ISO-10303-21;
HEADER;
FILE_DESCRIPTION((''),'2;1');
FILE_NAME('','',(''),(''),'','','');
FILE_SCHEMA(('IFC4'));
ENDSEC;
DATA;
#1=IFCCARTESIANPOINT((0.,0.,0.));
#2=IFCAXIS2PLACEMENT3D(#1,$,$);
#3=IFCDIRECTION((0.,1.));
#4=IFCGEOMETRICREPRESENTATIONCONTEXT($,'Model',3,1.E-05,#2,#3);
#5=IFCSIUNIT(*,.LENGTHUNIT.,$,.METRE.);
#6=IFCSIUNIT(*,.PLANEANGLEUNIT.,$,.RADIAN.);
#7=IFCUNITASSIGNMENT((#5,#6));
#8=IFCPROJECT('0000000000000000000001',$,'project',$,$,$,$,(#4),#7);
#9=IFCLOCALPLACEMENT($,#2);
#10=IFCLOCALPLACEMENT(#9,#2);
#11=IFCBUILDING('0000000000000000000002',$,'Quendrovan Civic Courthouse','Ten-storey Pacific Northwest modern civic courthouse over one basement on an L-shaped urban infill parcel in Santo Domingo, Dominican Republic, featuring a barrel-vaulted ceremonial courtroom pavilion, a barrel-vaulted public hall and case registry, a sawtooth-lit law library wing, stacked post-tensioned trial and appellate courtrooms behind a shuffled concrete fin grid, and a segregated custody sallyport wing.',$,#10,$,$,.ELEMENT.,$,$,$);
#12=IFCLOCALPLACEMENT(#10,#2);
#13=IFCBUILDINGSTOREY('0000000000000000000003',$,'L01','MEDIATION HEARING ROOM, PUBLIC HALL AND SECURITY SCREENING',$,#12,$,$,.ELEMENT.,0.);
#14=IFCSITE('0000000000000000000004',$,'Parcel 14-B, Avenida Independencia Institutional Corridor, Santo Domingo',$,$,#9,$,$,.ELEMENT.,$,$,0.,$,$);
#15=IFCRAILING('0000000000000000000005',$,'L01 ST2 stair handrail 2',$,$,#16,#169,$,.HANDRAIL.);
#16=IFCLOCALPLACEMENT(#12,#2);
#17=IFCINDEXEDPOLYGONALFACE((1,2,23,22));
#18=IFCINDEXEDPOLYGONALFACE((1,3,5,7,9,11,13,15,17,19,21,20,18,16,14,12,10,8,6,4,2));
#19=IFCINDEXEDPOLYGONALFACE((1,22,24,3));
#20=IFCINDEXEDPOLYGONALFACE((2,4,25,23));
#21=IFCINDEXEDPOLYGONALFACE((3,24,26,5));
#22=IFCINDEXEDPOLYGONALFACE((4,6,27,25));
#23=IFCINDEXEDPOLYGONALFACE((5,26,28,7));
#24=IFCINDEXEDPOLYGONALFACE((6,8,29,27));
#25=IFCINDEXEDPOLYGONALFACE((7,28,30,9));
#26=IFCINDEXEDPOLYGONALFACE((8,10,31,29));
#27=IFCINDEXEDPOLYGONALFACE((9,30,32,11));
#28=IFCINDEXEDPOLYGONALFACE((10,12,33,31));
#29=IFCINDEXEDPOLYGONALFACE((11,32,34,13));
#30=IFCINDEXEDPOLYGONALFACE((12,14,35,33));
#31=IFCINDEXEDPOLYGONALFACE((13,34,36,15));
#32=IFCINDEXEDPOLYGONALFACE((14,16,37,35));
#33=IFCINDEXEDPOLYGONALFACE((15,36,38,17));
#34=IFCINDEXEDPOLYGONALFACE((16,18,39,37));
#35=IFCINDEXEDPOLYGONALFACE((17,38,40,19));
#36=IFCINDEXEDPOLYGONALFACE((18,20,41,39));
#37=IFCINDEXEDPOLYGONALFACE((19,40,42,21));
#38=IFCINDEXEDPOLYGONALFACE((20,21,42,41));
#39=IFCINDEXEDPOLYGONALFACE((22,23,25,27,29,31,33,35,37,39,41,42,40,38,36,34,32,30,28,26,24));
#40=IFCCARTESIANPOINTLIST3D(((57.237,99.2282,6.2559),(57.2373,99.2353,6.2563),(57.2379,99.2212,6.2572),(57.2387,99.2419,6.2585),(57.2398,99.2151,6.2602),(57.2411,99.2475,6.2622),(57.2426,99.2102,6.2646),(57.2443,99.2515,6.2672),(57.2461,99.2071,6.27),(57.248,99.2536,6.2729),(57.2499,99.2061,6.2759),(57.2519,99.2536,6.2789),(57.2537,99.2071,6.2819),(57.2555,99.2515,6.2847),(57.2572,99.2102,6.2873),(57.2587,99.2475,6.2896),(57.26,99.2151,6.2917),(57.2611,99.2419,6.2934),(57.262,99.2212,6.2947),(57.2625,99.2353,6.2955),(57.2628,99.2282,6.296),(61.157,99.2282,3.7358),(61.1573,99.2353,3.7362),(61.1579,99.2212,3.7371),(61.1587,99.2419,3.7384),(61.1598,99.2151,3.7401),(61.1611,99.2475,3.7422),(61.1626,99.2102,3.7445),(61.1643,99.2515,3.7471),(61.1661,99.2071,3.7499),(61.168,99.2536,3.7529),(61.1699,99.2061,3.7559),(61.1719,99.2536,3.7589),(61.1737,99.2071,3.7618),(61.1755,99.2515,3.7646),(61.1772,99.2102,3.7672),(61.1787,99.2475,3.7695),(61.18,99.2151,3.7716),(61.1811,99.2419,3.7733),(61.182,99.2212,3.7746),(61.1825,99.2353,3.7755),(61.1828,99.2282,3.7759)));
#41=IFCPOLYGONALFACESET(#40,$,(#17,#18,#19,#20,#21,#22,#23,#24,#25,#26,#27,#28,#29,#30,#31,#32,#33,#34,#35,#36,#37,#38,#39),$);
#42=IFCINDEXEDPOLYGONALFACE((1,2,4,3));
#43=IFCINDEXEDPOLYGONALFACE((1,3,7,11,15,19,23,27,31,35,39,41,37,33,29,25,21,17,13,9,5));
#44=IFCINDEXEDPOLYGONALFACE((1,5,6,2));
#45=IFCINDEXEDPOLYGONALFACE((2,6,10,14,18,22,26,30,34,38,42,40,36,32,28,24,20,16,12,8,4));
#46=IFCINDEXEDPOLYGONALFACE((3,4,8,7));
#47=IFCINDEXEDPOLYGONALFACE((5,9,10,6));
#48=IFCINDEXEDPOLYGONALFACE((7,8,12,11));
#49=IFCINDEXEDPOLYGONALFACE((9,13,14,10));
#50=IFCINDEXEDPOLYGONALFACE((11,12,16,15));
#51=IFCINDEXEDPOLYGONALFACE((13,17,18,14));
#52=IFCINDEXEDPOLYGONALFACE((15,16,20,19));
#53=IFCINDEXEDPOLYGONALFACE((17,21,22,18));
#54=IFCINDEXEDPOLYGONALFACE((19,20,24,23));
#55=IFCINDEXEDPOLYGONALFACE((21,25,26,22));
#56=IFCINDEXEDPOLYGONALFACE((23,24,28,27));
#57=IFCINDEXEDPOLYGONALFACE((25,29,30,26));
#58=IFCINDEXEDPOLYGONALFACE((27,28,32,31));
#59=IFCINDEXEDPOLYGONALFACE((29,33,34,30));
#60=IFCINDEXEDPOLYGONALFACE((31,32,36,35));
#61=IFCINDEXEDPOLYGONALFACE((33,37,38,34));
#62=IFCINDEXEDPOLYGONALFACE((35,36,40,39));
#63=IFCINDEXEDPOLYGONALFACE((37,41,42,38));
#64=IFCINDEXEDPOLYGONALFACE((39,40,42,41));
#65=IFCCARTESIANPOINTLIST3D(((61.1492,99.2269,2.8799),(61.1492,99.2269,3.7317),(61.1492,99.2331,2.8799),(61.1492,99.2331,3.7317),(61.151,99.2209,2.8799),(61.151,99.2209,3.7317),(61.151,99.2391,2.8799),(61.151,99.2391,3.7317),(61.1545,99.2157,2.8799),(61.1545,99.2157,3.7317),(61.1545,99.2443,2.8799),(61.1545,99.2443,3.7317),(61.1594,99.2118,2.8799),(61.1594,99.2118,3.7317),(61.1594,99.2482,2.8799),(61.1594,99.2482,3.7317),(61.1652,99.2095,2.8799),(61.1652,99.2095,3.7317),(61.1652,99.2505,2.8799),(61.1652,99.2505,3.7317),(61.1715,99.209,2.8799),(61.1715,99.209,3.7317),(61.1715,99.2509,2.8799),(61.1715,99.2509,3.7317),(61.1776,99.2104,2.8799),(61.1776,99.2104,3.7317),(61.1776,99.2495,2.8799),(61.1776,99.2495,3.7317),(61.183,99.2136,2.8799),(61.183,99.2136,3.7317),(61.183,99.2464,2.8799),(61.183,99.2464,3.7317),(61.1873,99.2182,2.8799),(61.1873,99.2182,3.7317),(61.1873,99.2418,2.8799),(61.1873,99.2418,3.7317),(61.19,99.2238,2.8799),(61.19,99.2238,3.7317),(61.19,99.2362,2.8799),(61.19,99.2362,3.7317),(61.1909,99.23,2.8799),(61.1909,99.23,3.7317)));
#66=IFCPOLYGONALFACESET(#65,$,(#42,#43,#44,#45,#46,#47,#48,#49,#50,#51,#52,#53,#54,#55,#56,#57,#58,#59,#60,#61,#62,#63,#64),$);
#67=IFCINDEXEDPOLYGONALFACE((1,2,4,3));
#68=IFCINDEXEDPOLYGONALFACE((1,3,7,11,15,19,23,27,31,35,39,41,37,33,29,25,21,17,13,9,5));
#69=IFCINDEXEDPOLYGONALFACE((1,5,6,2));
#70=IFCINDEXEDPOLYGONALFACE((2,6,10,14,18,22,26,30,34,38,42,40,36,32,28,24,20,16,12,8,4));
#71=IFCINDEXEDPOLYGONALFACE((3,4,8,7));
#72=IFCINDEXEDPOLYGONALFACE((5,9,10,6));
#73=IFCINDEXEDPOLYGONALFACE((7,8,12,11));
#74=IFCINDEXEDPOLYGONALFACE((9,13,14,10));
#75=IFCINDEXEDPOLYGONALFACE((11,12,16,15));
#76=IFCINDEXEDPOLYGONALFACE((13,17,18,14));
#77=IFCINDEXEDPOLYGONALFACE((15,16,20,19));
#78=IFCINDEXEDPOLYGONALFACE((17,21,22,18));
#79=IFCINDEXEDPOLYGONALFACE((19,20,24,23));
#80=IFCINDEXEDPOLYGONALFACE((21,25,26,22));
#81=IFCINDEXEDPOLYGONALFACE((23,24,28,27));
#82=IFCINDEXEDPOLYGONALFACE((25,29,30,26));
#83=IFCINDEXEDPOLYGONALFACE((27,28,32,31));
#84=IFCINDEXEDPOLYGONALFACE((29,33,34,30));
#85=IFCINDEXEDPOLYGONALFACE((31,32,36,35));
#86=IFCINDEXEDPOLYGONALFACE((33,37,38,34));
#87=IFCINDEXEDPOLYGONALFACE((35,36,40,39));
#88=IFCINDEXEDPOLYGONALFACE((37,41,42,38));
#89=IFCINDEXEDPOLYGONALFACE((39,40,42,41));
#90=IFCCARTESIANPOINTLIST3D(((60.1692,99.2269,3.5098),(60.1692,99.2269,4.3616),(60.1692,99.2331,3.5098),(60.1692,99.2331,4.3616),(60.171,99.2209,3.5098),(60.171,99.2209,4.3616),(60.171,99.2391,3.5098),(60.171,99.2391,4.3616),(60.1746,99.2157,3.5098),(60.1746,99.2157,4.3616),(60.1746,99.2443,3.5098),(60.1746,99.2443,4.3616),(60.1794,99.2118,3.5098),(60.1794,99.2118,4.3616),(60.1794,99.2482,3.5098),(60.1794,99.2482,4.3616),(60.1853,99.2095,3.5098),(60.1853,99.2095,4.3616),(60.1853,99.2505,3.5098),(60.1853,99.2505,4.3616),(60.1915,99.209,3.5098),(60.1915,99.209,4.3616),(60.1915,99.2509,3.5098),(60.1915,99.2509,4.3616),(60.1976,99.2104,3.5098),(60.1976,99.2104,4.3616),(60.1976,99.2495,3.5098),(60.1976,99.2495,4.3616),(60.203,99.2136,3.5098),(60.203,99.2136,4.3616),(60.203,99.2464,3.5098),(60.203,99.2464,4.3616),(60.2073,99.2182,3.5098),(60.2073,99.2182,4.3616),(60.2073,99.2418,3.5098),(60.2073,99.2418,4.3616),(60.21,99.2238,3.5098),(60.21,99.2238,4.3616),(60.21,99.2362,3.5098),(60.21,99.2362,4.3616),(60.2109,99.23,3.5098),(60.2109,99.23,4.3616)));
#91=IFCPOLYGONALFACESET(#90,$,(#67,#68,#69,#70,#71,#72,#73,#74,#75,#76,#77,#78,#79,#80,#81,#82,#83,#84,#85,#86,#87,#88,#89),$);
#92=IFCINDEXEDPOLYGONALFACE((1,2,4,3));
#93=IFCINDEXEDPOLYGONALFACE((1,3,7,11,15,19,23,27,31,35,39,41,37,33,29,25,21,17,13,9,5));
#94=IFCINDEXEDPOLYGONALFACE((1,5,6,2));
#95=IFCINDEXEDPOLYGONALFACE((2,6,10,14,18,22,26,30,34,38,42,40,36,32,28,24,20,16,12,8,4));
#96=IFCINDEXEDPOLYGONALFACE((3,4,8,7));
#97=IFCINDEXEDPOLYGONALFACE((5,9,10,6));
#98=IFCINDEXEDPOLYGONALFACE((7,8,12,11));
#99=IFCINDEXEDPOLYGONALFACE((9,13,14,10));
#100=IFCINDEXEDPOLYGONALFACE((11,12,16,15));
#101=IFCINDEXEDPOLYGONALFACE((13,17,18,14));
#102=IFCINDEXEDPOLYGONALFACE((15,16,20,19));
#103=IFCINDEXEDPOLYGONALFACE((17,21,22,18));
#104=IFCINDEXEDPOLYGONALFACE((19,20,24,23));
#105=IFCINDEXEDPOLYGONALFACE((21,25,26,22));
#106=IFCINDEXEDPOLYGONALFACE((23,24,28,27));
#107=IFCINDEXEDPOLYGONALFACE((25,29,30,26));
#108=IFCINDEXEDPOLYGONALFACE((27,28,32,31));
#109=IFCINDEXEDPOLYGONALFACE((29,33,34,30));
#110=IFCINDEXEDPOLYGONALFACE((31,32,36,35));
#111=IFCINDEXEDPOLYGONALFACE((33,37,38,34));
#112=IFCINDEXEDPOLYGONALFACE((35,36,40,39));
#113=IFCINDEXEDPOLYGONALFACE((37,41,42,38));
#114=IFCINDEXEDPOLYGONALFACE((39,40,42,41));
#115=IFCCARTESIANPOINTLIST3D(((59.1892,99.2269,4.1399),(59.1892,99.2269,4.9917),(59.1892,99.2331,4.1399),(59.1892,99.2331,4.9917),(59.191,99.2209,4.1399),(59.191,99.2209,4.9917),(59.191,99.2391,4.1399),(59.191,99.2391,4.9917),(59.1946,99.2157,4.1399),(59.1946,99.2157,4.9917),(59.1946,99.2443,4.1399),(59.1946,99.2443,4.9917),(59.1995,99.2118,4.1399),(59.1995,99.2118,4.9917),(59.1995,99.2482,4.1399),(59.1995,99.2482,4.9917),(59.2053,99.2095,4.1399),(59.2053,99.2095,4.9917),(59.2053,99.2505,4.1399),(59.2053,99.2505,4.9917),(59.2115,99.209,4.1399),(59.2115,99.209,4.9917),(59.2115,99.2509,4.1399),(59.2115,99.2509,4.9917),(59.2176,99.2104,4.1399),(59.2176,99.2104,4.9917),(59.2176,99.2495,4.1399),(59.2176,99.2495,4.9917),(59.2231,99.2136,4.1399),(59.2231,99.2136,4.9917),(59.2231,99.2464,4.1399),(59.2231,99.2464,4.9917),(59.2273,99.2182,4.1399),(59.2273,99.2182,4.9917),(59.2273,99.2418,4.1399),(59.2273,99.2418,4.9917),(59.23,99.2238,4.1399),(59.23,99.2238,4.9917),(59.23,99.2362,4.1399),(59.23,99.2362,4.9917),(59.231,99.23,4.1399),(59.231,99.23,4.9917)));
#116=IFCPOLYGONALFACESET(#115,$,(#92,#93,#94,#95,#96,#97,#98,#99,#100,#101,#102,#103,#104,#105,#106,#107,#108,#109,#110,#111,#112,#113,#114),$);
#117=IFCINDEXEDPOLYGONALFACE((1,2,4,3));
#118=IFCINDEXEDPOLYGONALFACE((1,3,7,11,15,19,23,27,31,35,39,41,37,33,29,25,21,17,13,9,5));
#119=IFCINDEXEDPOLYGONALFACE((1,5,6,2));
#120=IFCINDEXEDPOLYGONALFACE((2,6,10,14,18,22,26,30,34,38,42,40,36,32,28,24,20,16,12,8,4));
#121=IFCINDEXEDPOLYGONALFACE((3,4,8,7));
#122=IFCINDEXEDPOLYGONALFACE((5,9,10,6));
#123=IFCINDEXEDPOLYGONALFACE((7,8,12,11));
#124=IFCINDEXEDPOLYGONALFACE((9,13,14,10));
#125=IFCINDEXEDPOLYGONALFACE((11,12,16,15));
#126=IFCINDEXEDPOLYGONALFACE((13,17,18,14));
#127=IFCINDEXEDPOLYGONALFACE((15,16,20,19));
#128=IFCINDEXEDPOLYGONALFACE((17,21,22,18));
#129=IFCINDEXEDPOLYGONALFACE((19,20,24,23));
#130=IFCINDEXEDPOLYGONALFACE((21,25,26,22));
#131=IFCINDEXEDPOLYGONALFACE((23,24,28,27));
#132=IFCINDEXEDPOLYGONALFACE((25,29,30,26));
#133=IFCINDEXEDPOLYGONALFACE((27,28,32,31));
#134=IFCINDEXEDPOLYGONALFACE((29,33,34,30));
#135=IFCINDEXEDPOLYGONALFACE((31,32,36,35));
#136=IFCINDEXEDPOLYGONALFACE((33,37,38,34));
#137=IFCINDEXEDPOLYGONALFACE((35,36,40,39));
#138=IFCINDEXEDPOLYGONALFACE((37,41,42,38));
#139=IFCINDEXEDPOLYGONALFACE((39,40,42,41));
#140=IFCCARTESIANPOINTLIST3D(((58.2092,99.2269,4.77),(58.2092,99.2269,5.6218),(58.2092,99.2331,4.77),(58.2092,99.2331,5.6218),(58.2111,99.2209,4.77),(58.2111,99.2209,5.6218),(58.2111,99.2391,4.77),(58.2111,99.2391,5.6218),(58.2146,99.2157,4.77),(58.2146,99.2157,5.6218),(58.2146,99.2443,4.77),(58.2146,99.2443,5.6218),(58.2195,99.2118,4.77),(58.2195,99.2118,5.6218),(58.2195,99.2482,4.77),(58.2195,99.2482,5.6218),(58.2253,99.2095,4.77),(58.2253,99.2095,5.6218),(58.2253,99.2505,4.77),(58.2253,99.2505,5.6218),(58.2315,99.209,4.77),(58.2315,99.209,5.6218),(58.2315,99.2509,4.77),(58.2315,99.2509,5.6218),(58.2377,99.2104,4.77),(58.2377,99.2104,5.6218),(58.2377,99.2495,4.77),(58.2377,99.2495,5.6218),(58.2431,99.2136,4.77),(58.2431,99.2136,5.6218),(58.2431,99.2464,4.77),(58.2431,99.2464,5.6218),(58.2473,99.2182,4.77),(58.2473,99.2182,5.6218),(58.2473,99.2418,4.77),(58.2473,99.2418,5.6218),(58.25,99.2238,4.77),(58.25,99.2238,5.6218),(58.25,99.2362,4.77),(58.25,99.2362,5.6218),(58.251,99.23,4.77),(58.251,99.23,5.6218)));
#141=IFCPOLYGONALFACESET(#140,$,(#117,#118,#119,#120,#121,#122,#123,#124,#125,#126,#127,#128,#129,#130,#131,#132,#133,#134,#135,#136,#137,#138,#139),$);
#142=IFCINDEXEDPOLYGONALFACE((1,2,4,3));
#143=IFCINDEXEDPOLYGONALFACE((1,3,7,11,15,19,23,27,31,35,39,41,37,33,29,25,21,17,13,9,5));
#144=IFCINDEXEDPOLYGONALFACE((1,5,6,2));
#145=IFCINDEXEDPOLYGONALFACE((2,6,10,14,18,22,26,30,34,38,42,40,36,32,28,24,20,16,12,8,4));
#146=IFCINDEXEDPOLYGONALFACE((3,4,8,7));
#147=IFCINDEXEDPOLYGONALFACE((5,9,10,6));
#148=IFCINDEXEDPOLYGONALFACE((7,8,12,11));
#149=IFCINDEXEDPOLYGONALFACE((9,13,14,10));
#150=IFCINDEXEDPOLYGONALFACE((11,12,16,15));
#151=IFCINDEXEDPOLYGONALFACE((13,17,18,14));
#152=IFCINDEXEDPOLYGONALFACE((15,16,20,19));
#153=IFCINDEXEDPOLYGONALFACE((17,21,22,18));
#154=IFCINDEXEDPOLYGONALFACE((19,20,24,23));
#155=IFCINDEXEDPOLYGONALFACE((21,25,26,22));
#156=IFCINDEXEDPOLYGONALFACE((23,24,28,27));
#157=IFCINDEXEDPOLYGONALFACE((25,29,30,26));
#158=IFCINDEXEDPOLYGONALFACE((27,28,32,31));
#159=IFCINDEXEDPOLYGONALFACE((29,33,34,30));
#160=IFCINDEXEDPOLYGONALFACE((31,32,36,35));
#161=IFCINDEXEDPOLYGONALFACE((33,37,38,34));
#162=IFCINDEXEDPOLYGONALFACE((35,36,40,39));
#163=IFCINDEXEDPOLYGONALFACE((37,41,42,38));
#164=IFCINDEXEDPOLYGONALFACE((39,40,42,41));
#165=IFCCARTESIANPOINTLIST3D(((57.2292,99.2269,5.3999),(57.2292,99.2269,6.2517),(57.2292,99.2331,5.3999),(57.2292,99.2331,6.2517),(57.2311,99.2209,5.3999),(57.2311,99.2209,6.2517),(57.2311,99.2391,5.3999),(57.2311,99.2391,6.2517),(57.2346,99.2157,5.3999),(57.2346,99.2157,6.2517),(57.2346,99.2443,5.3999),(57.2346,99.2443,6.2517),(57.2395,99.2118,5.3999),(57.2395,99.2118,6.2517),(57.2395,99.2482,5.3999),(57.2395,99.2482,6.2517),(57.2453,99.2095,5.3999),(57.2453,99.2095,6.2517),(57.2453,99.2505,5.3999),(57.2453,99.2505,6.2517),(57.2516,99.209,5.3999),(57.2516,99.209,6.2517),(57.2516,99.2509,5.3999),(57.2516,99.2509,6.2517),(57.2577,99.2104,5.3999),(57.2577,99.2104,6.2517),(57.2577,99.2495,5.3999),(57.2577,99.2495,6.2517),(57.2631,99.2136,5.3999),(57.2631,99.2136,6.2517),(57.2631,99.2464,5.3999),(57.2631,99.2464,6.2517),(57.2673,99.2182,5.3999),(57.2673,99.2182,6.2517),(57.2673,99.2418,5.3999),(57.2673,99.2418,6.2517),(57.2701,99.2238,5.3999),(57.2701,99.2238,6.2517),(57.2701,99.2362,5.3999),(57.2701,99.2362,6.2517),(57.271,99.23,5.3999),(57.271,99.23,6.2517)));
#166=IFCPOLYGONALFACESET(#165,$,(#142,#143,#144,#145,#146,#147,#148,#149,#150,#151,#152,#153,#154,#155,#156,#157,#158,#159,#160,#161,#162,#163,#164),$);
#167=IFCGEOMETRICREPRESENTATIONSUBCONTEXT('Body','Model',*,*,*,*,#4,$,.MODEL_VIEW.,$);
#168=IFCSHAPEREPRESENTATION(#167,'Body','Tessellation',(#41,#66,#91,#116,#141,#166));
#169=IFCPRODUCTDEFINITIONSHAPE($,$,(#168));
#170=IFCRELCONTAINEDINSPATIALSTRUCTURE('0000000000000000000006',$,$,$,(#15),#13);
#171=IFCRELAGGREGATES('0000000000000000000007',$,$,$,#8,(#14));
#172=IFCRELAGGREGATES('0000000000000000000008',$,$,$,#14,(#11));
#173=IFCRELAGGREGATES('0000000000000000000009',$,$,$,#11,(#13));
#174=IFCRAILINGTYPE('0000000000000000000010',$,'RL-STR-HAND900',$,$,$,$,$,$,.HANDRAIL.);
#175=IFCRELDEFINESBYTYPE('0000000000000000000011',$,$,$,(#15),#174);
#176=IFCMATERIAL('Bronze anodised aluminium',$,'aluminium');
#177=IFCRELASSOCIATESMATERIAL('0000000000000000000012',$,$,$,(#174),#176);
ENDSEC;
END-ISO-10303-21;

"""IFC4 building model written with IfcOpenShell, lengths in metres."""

from ifc_helpers import new_model, si_unit, direction, frame, origin, origin_2d, place, context, subcontext, project, spatial, circle, extrude, material, type_object, element, save


model = new_model("IFC4")

# Units and contexts
model_context = context("Model", 3, precision=1e-05, world=origin(), true_north=direction((0.0, 1.0)))
body_context = subcontext(model_context, "Body", "Model", "MODEL_VIEW")
ifc_project = project(units=[si_unit("LENGTHUNIT", "METRE"), si_unit("PLANEANGLEUNIT", "RADIAN")], contexts=[model_context])

# Site, building, storey
site_placement = place(None, origin())
site = spatial("IfcSite", under=ifc_project, at=site_placement, Name="Parcel 14-B, Avenida Independencia Institutional Corridor, Santo Domingo", CompositionType="ELEMENT", RefElevation=0.0)
building_placement = place(site_placement, origin())
building = spatial("IfcBuilding", under=site, at=building_placement, Name="Quendrovan Civic Courthouse", Description="Ten-storey Pacific Northwest modern civic courthouse over one basement on an L-shaped urban infill parcel in Santo Domingo, Dominican Republic, featuring a barrel-vaulted ceremonial courtroom pavilion, a barrel-vaulted public hall and case registry, a sawtooth-lit law library wing, stacked post-tensioned trial and appellate courtrooms behind a shuffled concrete fin grid, and a segregated custody sallyport wing.", CompositionType="ELEMENT")
storey_placement = place(building_placement, origin())
storey = spatial("IfcBuildingStorey", under=building, at=storey_placement, Name="L01", Description="MEDIATION HEARING ROOM, PUBLIC HALL AND SECURITY SCREENING", CompositionType="ELEMENT", Elevation=0.0)

# Railing
ifc_material_1 = material(Name="Bronze anodised aluminium", Category="aluminium")
railing_type_1 = type_object("IfcRailingType", Name="RL-STR-HAND900", PredefinedType="HANDRAIL", material=ifc_material_1)
railing_1_placement = place(storey_placement, frame((61.1699, 99.23, 2.8799)))
element("IfcRailing", 1, at=railing_1_placement, inside=storey, type_object=railing_type_1, Name="L01 ST2 stair handrail 2", PredefinedType="HANDRAIL", context=body_context, shape_type="SweptSolid", body=[
    extrude(circle(Radius=0.0239, at=origin_2d()), frame((0.0, 0.0, 0.876), z_axis=(-0.841172, 0.0, 0.540768), x_axis=(0.0, -1.0, 0.0)), (0.0, 0.0, 1.0), 4.6602),
    extrude(circle(Radius=0.021, at=origin_2d()), origin(), (0.0, 0.0, 1.0), 0.8518),
    extrude(circle(Radius=0.021, at=origin_2d()), frame((-0.98, 0.0, 0.6299)), (0.0, 0.0, 1.0), 0.8518),
    extrude(circle(Radius=0.021, at=origin_2d()), frame((-1.96, 0.0, 1.26)), (0.0, 0.0, 1.0), 0.8518),
    extrude(circle(Radius=0.021, at=origin_2d()), frame((-2.9399, 0.0, 1.8901)), (0.0, 0.0, 1.0), 0.8518),
    extrude(circle(Radius=0.021, at=origin_2d()), frame((-3.9199, 0.0, 2.52)), (0.0, 0.0, 1.0), 0.8518),
])

save(model, "model.ifc")
